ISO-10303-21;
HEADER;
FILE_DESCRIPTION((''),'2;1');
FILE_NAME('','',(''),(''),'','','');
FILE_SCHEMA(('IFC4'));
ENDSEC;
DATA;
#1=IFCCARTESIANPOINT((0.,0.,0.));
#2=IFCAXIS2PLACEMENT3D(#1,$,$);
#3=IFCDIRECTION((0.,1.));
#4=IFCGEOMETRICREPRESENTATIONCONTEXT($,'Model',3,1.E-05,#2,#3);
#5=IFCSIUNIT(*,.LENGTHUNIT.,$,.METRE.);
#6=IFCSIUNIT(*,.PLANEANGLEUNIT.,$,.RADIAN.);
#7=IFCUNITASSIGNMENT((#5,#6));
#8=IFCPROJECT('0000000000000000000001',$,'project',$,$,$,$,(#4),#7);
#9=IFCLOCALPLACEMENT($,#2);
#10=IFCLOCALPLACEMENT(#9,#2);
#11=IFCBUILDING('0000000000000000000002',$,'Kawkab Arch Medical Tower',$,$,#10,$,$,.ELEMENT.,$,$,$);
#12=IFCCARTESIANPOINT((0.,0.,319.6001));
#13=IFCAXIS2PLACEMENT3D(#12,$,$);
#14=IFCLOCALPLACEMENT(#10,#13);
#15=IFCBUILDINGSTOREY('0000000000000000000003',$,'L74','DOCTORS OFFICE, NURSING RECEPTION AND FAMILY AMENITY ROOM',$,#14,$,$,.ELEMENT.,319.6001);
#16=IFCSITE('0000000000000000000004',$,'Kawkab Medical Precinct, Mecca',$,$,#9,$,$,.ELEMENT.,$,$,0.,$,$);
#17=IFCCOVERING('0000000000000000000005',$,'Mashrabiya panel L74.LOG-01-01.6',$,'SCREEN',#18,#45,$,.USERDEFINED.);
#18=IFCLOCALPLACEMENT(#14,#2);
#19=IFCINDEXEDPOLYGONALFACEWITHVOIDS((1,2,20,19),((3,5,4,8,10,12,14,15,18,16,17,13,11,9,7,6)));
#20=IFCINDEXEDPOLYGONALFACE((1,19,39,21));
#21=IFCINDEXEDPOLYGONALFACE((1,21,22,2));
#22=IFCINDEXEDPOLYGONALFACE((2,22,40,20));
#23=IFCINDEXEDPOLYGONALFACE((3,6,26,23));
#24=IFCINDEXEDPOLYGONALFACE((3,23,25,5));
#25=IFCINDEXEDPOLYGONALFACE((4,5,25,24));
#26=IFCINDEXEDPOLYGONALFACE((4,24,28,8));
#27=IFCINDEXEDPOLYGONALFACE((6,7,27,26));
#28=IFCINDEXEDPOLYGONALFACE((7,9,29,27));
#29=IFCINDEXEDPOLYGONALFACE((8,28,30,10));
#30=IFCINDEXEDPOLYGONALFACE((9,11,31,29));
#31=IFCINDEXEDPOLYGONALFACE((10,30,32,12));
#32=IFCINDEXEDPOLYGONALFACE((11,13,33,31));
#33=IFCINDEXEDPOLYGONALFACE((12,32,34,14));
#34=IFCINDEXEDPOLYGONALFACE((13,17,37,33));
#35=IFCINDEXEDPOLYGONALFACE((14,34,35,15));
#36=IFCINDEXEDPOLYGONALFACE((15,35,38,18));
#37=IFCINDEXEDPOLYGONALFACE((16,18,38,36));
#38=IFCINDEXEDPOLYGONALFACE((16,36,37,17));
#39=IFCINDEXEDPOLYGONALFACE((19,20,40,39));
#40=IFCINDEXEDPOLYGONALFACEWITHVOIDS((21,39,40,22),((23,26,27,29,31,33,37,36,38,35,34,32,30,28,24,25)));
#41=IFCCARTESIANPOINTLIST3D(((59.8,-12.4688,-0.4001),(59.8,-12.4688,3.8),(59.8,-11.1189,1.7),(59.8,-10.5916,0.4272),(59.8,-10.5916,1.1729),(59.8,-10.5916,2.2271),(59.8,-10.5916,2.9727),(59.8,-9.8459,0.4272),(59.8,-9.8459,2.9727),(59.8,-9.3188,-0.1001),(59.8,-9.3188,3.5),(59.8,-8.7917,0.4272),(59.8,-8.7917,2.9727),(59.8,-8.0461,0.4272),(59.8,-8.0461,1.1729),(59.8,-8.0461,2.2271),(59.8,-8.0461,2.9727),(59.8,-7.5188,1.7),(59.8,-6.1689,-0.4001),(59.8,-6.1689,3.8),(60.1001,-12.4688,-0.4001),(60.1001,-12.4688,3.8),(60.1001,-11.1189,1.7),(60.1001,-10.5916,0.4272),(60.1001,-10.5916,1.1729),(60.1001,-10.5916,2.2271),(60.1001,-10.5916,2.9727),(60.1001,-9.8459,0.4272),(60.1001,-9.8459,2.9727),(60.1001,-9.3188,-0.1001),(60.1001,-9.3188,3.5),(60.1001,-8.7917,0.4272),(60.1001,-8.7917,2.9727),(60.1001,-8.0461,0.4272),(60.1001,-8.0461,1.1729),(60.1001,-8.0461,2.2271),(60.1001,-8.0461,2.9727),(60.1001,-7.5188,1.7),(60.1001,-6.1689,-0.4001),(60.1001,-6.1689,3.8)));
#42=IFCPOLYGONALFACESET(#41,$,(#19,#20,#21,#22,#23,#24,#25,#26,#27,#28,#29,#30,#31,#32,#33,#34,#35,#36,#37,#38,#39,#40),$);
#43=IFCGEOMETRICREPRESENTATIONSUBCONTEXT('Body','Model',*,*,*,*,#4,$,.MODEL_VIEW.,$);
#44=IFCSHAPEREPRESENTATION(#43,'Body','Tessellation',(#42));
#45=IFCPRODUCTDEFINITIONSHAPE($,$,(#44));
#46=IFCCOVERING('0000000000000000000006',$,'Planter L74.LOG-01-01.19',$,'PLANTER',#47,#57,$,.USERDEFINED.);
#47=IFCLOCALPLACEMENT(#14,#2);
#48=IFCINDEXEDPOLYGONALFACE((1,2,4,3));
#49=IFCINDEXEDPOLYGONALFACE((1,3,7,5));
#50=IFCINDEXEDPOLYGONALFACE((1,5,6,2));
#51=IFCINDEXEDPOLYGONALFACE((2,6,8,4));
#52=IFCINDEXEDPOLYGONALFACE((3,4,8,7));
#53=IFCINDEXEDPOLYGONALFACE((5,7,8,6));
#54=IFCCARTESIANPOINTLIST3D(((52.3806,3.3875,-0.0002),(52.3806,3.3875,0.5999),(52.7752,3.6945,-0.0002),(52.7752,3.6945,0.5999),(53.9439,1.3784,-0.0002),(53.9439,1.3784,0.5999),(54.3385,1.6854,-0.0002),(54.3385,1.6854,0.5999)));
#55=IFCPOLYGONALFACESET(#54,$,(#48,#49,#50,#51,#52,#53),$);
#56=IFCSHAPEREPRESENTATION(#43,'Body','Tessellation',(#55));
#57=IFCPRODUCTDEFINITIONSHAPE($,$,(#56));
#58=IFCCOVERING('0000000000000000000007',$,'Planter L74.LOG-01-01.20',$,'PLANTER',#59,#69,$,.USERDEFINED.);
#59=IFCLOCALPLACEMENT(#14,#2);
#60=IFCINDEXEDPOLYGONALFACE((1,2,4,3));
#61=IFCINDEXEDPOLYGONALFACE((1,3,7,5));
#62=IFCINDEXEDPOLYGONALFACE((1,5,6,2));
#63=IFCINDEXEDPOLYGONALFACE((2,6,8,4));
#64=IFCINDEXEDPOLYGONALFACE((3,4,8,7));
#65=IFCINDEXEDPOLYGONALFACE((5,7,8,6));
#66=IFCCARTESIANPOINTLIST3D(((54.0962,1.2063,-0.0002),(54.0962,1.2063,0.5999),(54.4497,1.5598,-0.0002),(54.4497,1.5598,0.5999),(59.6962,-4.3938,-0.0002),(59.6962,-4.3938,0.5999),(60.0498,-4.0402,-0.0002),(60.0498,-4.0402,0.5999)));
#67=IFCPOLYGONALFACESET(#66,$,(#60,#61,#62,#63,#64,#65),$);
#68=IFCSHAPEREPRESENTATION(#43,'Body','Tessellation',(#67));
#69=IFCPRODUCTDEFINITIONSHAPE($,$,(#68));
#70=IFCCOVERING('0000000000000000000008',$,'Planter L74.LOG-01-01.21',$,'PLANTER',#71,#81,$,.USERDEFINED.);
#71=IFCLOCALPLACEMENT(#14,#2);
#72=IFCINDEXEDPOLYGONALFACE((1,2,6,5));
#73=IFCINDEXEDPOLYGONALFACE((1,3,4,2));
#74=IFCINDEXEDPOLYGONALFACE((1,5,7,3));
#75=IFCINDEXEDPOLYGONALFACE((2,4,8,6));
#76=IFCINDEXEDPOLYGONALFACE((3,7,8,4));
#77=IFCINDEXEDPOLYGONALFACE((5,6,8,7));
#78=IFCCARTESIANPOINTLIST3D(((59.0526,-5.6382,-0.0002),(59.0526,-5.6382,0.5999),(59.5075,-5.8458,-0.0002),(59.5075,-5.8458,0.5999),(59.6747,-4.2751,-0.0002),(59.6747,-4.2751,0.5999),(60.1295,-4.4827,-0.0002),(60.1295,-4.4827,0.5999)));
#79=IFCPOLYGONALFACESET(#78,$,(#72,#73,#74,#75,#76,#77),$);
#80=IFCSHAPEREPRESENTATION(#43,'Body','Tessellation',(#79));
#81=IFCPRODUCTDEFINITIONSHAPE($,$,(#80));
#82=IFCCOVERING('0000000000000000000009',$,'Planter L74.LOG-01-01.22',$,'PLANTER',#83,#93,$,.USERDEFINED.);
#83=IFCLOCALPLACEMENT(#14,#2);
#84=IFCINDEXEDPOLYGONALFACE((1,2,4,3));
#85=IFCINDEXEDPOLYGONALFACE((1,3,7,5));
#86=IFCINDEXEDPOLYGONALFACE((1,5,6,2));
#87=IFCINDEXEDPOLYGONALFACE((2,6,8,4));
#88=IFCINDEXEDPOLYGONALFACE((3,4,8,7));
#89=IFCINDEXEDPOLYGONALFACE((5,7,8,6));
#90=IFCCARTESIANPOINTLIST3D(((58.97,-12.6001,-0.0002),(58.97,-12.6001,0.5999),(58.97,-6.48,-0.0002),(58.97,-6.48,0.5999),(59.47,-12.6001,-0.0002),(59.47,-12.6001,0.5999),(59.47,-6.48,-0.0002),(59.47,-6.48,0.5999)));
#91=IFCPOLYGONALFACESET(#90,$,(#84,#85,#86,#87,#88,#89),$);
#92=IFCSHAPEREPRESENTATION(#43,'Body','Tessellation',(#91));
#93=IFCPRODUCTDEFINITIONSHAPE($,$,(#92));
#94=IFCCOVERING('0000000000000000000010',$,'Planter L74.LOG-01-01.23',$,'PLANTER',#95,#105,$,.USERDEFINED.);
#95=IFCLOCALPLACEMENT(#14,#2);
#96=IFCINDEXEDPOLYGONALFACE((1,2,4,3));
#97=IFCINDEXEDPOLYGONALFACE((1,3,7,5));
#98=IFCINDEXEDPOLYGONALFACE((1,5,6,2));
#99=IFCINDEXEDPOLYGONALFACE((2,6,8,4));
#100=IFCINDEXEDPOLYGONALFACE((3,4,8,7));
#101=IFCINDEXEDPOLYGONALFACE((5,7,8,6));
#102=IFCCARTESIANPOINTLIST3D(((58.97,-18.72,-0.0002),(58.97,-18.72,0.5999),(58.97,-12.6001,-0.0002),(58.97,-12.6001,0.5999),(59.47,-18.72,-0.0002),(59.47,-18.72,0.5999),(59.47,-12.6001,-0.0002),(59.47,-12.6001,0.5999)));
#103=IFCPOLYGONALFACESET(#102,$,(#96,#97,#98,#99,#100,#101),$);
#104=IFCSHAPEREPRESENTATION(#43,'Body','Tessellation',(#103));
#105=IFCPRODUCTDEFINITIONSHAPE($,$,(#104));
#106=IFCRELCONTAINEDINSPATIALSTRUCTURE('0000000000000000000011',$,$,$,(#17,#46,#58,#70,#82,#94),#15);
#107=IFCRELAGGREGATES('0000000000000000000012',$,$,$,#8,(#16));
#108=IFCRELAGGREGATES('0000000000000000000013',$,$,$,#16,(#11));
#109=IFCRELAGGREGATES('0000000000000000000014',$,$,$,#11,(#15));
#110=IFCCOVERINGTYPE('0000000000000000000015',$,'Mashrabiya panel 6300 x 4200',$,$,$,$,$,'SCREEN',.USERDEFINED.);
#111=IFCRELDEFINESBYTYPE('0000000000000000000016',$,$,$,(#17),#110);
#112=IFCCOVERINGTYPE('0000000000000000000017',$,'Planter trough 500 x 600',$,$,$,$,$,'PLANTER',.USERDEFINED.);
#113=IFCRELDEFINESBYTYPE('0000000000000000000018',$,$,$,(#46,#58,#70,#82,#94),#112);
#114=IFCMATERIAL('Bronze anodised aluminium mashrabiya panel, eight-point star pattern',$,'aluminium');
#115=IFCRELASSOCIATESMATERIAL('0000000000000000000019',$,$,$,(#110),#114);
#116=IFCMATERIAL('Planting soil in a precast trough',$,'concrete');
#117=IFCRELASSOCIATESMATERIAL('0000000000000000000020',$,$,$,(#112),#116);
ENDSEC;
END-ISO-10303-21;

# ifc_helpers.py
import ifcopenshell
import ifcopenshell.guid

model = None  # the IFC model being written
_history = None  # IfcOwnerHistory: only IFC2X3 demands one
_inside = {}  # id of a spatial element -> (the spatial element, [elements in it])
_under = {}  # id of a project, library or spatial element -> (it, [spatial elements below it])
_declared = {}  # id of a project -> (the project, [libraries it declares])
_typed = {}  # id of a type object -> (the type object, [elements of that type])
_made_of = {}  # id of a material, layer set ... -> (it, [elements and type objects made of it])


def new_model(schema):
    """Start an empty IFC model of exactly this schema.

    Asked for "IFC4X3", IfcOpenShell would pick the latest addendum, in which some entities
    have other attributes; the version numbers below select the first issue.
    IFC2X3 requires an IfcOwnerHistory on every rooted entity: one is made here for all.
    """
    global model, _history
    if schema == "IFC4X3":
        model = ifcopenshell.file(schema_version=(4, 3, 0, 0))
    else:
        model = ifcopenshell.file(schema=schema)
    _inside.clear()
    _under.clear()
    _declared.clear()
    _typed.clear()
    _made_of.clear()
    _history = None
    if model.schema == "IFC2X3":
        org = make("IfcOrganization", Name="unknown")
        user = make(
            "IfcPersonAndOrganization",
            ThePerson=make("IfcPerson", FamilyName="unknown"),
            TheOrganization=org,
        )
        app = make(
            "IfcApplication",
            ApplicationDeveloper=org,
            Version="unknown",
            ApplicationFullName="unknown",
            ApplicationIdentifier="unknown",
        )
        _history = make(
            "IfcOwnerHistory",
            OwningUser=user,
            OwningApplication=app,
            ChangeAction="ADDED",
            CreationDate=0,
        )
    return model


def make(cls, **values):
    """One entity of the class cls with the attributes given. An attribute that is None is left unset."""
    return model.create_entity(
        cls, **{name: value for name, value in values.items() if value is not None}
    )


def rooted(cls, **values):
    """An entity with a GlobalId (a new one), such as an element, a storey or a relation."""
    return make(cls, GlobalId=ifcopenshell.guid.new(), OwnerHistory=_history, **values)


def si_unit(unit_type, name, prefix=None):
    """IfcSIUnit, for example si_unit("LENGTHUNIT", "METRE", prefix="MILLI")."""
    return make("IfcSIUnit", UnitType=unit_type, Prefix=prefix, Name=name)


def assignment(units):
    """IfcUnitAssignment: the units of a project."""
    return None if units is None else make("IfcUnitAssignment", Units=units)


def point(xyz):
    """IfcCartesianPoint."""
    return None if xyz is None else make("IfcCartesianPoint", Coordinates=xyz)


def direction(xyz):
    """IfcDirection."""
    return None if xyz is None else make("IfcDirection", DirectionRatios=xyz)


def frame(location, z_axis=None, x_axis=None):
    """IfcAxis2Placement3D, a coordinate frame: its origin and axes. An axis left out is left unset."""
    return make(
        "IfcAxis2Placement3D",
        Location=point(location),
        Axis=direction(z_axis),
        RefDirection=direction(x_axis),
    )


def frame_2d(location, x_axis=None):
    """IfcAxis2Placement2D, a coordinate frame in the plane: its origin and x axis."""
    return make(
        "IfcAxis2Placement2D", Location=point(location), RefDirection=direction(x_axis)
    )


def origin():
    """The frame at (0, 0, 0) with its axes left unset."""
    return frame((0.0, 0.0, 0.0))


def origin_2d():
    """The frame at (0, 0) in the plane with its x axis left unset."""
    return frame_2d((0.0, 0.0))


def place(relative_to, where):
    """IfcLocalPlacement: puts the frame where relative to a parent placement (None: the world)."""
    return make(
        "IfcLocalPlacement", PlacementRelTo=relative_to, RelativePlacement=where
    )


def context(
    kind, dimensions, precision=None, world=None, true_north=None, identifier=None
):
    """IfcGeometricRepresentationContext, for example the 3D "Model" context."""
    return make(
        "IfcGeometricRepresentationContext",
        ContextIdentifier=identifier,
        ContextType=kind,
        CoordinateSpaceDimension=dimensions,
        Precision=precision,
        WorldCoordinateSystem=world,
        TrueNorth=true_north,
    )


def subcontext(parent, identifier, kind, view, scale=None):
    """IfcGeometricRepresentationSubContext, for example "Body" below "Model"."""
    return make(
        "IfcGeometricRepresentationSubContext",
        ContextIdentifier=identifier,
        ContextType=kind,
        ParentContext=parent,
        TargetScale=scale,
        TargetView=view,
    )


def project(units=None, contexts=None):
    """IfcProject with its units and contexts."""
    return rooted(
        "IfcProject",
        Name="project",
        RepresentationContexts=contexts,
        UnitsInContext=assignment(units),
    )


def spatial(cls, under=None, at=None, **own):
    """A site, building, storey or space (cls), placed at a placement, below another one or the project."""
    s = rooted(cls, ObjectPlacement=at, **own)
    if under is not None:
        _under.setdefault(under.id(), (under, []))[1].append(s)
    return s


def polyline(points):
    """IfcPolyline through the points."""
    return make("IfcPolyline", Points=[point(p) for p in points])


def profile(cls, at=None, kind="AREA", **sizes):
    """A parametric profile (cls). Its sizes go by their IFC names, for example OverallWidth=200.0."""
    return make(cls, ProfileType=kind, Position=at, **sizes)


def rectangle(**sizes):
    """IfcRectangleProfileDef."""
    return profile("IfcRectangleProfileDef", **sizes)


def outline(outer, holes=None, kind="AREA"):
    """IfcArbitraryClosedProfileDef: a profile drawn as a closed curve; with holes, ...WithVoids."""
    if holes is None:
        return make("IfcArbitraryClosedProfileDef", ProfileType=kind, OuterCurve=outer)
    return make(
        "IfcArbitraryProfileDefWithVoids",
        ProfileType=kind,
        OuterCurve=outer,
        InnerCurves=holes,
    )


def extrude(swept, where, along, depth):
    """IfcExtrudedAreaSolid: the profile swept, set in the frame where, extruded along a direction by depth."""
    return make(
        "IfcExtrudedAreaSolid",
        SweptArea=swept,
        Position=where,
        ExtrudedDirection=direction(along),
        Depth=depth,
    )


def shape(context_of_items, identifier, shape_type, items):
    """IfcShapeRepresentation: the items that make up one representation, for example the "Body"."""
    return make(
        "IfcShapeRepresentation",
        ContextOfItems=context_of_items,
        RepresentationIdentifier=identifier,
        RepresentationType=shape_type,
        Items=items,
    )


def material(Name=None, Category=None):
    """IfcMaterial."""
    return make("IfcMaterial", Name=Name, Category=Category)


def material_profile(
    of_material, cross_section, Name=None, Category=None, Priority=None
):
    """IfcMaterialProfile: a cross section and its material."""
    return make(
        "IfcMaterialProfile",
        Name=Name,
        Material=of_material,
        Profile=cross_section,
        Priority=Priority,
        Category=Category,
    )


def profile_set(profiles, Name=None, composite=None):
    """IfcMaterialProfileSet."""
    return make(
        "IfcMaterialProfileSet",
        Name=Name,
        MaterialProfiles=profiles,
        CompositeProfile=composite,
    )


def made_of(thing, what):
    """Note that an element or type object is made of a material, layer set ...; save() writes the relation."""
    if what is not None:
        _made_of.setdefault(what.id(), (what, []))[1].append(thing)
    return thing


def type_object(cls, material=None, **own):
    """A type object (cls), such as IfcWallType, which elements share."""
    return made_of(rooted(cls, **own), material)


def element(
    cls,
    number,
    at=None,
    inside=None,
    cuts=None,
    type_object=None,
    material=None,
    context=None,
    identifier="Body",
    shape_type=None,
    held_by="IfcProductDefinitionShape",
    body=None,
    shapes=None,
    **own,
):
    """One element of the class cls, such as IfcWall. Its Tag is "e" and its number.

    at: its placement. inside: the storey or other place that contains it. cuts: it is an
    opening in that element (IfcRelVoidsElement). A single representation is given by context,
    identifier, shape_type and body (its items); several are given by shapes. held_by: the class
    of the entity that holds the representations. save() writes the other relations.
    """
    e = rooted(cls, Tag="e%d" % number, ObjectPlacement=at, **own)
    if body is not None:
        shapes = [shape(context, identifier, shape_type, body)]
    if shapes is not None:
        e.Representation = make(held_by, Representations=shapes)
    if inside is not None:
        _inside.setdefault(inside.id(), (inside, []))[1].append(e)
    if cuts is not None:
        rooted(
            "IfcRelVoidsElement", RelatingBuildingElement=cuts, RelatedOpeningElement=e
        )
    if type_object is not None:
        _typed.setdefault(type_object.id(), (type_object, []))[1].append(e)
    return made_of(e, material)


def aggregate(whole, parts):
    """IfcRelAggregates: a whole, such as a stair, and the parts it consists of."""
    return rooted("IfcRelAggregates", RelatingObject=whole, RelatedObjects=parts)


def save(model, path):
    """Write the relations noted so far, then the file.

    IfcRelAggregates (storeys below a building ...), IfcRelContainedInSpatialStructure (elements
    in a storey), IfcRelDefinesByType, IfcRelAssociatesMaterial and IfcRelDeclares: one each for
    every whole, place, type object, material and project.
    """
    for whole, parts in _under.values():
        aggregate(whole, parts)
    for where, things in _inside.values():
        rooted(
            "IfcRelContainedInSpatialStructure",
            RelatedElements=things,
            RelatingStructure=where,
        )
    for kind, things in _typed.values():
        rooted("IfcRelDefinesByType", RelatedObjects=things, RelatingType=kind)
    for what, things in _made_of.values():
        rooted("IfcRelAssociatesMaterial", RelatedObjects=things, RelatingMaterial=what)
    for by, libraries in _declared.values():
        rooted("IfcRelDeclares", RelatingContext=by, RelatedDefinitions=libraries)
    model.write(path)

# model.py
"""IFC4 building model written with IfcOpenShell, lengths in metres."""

from ifc_helpers import new_model, si_unit, direction, frame, origin, origin_2d, place, context, subcontext, project, spatial, polyline, rectangle, outline, extrude, material, material_profile, profile_set, type_object, element, save


model = new_model("IFC4")

# Units and contexts
model_context = context("Model", 3, precision=1e-05, world=origin(), true_north=direction((0.0, 1.0)))
body_context = subcontext(model_context, "Body", "Model", "MODEL_VIEW")
ifc_project = project(units=[si_unit("LENGTHUNIT", "METRE"), si_unit("PLANEANGLEUNIT", "RADIAN")], contexts=[model_context])

# Site, building, storey
site_placement = place(None, origin())
site = spatial("IfcSite", under=ifc_project, at=site_placement, Name="Kawkab Medical Precinct, Mecca", CompositionType="ELEMENT", RefElevation=0.0)
building_placement = place(site_placement, origin())
building = spatial("IfcBuilding", under=site, at=building_placement, Name="Kawkab Arch Medical Tower", CompositionType="ELEMENT")
storey_placement = place(building_placement, frame((0.0, 0.0, 319.6001)))
storey = spatial("IfcBuildingStorey", under=building, at=storey_placement, Name="L74", Description="DOCTORS OFFICE, NURSING RECEPTION AND FAMILY AMENITY ROOM", CompositionType="ELEMENT", Elevation=319.6001)

# Coverings
ifc_material_1 = material(Name="Bronze anodised aluminium mashrabiya panel, eight-point star pattern", Category="aluminium")
ifc_material_profile_1 = material_profile(ifc_material_1, outline(polyline([(-3.1499, -2.1001), (3.1499, -2.1001), (3.1499, 2.1001), (-3.1499, 2.1001), (-3.1499, -2.1001)]), holes=[polyline([(1.8, 0.0), (1.2727, 0.5271), (1.2727, 1.2727), (0.5271, 1.2727), (0.0, 1.8), (-0.5271, 1.2727), (-1.2727, 1.2727), (-1.2727, 0.5271), (-1.8, 0.0), (-1.2727, -0.5271), (-1.2727, -1.2727), (-0.5271, -1.2727), (0.0, -1.8), (0.5271, -1.2727), (1.2727, -1.2727), (1.2727, -0.5271), (1.8, 0.0)])]), Name="Mashrabiya panel 6300x4200")
ifc_profile_set_1 = profile_set([ifc_material_profile_1], Name="Bronze anodised aluminium mashrabiya panel, eight-point star pattern")
covering_type_1 = type_object("IfcCoveringType", Name="Mashrabiya panel 6300 x 4200", ElementType="SCREEN", PredefinedType="USERDEFINED", material=ifc_profile_set_1)
covering_1_placement = place(storey_placement, frame((59.8, -9.3188, 1.7), z_axis=(1.0, 0.0, 0.0), x_axis=(0.0, 1.0, 0.0)))
element("IfcCovering", 1, at=covering_1_placement, inside=storey, type_object=covering_type_1, Name="Mashrabiya panel L74.LOG-01-01.6", ObjectType="SCREEN", PredefinedType="USERDEFINED", context=body_context, shape_type="SweptSolid", body=[
    extrude(outline(polyline([(-3.1499, -2.1001), (3.1499, -2.1001), (3.1499, 2.1001), (-3.1499, 2.1001), (-3.1499, -2.1001)]), holes=[polyline([(1.8, 0.0), (1.2727, 0.5271), (1.2727, 1.2727), (0.5271, 1.2727), (0.0, 1.8), (-0.5271, 1.2727), (-1.2727, 1.2727), (-1.2727, 0.5271), (-1.8, 0.0), (-1.2727, -0.5271), (-1.2727, -1.2727), (-0.5271, -1.2727), (0.0, -1.8), (0.5271, -1.2727), (1.2727, -1.2727), (1.2727, -0.5271), (1.8, 0.0)])]), origin(), (0.0, 0.0, 1.0), 0.3),
])
ifc_material_2 = material(Name="Planting soil in a precast trough", Category="concrete")
ifc_material_profile_2 = material_profile(ifc_material_2, rectangle(XDim=0.5, YDim=0.6001, at=origin_2d()), Name="Trough 500x600")
ifc_profile_set_2 = profile_set([ifc_material_profile_2], Name="Planting soil in a precast trough")
covering_type_2 = type_object("IfcCoveringType", Name="Planter trough 500 x 600", ElementType="PLANTER", PredefinedType="USERDEFINED", material=ifc_profile_set_2)
covering_2_placement = place(storey_placement, frame((52.5779, 3.541, 0.2998), z_axis=(0.6141, -0.789228, 0.0), x_axis=(0.789228, 0.6141, 0.0)))
element("IfcCovering", 2, at=covering_2_placement, inside=storey, type_object=covering_type_2, Name="Planter L74.LOG-01-01.19", ObjectType="PLANTER", PredefinedType="USERDEFINED", context=body_context, shape_type="SweptSolid", body=[
    extrude(rectangle(XDim=0.5, YDim=0.6001, at=origin_2d()), origin(), (0.0, 0.0, 1.0), 2.5457),
])
covering_3_placement = place(storey_placement, frame((54.2729, 1.3831, 0.2998), z_axis=(0.707107, -0.707107, 0.0), x_axis=(0.707107, 0.707107, 0.0)))
element("IfcCovering", 3, at=covering_3_placement, inside=storey, type_object=covering_type_2, Name="Planter L74.LOG-01-01.20", ObjectType="PLANTER", PredefinedType="USERDEFINED", context=body_context, shape_type="SweptSolid", body=[
    extrude(rectangle(XDim=0.5, YDim=0.6001, at=origin_2d()), origin(), (0.0, 0.0, 1.0), 7.9197),
])
covering_4_placement = place(storey_placement, frame((59.9021, -4.3789, 0.2998), z_axis=(-0.41519, -0.909735, 0.0), x_axis=(0.909735, -0.41519, 0.0)))
element("IfcCovering", 4, at=covering_4_placement, inside=storey, type_object=covering_type_2, Name="Planter L74.LOG-01-01.21", ObjectType="PLANTER", PredefinedType="USERDEFINED", context=body_context, shape_type="SweptSolid", body=[
    extrude(rectangle(XDim=0.5, YDim=0.6001, at=origin_2d()), origin(), (0.0, 0.0, 1.0), 1.4983),
])
covering_5_placement = place(storey_placement, frame((59.22, -6.48, 0.2998), z_axis=(0.0, -1.0, 0.0), x_axis=(1.0, 0.0, 0.0)))
element("IfcCovering", 5, at=covering_5_placement, inside=storey, type_object=covering_type_2, Name="Planter L74.LOG-01-01.22", ObjectType="PLANTER", PredefinedType="USERDEFINED", context=body_context, shape_type="SweptSolid", body=[
    extrude(rectangle(XDim=0.5, YDim=0.6001, at=origin_2d()), origin(), (0.0, 0.0, 1.0), 6.1201),
])
covering_6_placement = place(storey_placement, frame((59.22, -12.6001, 0.2998), z_axis=(0.0, -1.0, 0.0), x_axis=(1.0, 0.0, 0.0)))
element("IfcCovering", 6, at=covering_6_placement, inside=storey, type_object=covering_type_2, Name="Planter L74.LOG-01-01.23", ObjectType="PLANTER", PredefinedType="USERDEFINED", context=body_context, shape_type="SweptSolid", body=[
    extrude(rectangle(XDim=0.5, YDim=0.6001, at=origin_2d()), origin(), (0.0, 0.0, 1.0), 6.1199),
])

save(model, "model.ifc")
